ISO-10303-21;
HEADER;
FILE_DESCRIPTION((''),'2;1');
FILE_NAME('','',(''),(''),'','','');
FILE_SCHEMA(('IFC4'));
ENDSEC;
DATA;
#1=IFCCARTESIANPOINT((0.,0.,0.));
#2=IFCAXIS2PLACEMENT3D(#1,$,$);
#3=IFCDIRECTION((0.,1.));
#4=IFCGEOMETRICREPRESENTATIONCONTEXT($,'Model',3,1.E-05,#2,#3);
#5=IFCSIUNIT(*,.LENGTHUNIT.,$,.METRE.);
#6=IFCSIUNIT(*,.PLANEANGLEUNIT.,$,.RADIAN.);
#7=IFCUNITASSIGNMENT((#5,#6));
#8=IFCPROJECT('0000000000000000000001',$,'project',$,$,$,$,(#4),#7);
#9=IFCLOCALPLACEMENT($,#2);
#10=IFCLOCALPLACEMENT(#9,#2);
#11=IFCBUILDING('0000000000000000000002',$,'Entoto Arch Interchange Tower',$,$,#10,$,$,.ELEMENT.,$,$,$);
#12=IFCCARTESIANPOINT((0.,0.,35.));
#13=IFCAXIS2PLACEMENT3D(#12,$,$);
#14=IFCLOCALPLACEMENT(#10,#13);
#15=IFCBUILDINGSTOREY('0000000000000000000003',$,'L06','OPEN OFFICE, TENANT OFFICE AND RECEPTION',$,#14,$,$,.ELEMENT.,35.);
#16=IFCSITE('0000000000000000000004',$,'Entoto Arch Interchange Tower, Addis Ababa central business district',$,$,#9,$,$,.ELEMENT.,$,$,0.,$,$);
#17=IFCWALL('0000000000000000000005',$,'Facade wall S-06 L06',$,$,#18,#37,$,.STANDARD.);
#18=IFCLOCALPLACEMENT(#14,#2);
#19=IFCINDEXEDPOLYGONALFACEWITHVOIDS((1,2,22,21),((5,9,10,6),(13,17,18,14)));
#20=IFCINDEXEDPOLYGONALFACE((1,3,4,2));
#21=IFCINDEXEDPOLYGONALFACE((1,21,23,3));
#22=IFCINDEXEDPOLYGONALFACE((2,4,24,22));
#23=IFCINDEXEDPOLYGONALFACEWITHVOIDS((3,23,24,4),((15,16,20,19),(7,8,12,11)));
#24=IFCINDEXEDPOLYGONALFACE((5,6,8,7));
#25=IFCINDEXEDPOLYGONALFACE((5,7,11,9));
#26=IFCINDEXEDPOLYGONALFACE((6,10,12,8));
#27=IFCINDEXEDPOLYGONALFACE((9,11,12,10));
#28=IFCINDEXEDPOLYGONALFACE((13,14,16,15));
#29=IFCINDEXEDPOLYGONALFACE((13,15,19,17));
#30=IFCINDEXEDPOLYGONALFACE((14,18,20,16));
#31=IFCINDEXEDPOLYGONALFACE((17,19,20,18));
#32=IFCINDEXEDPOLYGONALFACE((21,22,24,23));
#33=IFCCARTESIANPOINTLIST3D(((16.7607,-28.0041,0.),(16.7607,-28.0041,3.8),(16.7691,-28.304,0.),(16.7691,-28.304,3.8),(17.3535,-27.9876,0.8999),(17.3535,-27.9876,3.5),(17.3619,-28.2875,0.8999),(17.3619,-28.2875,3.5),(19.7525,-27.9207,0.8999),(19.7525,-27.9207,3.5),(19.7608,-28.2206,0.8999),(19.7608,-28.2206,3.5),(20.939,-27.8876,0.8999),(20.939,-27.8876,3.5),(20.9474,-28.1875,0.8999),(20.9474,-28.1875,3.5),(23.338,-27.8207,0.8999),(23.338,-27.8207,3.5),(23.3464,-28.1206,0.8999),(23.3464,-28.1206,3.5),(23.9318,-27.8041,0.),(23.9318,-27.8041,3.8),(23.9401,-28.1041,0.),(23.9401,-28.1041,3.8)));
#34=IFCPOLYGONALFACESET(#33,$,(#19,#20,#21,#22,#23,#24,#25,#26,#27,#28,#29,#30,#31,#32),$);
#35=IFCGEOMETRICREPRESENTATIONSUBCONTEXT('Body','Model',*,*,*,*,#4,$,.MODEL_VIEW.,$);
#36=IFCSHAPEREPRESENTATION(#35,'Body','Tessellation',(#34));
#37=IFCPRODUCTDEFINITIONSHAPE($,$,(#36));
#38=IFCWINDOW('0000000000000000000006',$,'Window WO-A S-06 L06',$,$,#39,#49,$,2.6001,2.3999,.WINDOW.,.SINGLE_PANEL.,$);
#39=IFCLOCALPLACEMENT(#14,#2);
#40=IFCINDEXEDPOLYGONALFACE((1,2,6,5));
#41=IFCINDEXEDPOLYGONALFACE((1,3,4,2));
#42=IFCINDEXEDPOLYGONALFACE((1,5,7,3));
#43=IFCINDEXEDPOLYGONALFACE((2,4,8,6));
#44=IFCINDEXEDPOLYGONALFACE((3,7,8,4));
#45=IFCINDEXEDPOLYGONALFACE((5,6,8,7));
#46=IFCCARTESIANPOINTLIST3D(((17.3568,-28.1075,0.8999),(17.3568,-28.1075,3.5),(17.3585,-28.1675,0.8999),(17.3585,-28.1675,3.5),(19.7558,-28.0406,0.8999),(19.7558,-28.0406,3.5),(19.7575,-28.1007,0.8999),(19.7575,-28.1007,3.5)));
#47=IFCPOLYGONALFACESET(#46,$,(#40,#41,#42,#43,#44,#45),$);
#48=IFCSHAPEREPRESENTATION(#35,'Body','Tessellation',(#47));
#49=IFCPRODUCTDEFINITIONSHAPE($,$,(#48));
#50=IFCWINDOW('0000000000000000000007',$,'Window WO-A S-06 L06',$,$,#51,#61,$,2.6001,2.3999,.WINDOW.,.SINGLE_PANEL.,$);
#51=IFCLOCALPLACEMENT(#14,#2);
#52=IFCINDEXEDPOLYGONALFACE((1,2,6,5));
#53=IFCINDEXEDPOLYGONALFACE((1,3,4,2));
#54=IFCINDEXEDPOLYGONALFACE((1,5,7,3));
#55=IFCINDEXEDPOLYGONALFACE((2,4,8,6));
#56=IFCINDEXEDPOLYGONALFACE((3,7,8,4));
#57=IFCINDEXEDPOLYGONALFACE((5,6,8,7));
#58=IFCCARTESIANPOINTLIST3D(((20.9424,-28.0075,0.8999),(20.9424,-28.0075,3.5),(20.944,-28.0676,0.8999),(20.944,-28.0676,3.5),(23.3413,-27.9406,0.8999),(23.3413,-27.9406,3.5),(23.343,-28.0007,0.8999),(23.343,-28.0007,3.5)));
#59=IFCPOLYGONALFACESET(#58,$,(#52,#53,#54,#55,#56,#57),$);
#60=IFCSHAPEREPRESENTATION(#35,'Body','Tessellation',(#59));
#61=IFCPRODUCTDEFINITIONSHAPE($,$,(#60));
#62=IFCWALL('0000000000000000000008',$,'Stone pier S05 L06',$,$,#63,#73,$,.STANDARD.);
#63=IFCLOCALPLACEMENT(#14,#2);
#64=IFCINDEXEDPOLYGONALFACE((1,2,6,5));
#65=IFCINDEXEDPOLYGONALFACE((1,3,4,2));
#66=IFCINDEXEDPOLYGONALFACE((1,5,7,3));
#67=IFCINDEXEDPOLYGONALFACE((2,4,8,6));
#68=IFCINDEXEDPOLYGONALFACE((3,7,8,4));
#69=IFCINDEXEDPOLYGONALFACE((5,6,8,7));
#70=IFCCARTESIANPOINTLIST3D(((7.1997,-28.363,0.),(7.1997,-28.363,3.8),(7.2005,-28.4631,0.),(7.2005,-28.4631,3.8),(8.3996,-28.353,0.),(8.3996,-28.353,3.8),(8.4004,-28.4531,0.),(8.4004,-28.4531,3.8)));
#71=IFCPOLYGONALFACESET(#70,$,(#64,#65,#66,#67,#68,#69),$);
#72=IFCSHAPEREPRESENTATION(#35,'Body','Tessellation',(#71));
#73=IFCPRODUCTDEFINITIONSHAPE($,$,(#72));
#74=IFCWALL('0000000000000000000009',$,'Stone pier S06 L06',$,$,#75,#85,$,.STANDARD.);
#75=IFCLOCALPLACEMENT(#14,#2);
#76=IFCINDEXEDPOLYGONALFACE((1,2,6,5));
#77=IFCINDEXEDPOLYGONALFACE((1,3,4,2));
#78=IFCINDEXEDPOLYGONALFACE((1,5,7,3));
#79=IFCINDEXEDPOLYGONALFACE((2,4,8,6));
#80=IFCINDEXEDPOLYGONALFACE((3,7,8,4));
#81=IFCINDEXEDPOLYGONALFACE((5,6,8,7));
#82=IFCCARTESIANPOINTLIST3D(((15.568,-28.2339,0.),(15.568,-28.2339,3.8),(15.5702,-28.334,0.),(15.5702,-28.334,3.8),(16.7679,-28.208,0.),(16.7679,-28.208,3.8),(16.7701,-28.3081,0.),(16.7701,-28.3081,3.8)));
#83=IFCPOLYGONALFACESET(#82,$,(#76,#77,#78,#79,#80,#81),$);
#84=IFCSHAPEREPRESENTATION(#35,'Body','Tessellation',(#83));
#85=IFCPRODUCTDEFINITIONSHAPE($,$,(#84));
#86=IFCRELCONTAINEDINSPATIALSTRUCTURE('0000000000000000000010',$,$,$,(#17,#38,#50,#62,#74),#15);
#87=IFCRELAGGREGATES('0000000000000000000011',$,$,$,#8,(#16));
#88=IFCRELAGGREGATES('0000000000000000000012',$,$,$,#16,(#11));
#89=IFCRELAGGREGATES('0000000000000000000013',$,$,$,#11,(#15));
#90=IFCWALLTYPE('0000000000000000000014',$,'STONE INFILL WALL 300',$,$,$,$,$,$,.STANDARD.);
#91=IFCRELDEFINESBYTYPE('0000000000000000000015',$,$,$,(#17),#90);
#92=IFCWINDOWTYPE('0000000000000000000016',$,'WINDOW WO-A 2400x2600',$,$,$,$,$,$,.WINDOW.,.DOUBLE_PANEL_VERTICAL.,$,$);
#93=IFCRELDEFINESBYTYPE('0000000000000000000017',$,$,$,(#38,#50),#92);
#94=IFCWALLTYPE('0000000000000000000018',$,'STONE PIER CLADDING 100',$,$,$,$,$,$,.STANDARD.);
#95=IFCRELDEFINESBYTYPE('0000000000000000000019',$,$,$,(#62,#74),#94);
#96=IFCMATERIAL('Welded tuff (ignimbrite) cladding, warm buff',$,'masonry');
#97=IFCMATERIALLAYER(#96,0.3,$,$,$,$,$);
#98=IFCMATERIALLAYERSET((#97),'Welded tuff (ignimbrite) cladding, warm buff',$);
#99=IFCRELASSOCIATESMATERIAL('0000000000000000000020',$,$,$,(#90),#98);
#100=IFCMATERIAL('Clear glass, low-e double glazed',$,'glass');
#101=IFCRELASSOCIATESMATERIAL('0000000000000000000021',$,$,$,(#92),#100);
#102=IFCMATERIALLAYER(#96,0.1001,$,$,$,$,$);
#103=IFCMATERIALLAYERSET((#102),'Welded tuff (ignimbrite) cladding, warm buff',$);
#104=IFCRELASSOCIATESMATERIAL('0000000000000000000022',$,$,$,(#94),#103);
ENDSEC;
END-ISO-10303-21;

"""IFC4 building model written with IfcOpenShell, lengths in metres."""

from ifc_helpers import new_model, si_unit, direction, frame, frame_2d, origin, place, context, subcontext, project, spatial, rectangle, extrude, material, layer, layer_set, type_object, element, fill, save


model = new_model("IFC4")

# Units and contexts
model_context = context("Model", 3, precision=1e-05, world=origin(), true_north=direction((0.0, 1.0)))
body_context = subcontext(model_context, "Body", "Model", "MODEL_VIEW")
ifc_project = project(units=[si_unit("LENGTHUNIT", "METRE"), si_unit("PLANEANGLEUNIT", "RADIAN")], contexts=[model_context])

# Site, building, storey
site_placement = place(None, origin())
site = spatial("IfcSite", under=ifc_project, at=site_placement, Name="Entoto Arch Interchange Tower, Addis Ababa central business district", CompositionType="ELEMENT", RefElevation=0.0)
building_placement = place(site_placement, origin())
building = spatial("IfcBuilding", under=site, at=building_placement, Name="Entoto Arch Interchange Tower", CompositionType="ELEMENT")
storey_placement = place(building_placement, frame((0.0, 0.0, 35.0)))
storey = spatial("IfcBuildingStorey", under=building, at=storey_placement, Name="L06", Description="OPEN OFFICE, TENANT OFFICE AND RECEPTION", CompositionType="ELEMENT", Elevation=35.0)

# Shared definitions
ifc_material_1 = material(Name="Clear glass, low-e double glazed", Category="glass")

# Wall, openings, windows
ifc_material_2 = material(Name="Welded tuff (ignimbrite) cladding, warm buff", Category="masonry")
ifc_layer_1 = layer(ifc_material_2, 0.3)
ifc_layer_set_1 = layer_set([ifc_layer_1], Name="Welded tuff (ignimbrite) cladding, warm buff")
wall_type_1 = type_object("IfcWallType", Name="STONE INFILL WALL 300", PredefinedType="STANDARD", material=ifc_layer_set_1)
window_type = type_object("IfcWindowType", Name="WINDOW WO-A 2400x2600", PartitioningType="DOUBLE_PANEL_VERTICAL", PredefinedType="WINDOW", material=ifc_material_1)
wall_1_placement = place(storey_placement, frame((16.7649, -28.1541, 0.0), z_axis=(0.0, 0.0, 1.0), x_axis=(0.999612, 0.027872, 0.0)))
wall_1 = element("IfcWall", 1, at=wall_1_placement, inside=storey, type_object=wall_type_1, Name="Facade wall S-06 L06", PredefinedType="STANDARD", context=body_context, shape_type="SweptSolid", body=[
    extrude(rectangle(XDim=7.1738, YDim=0.3, at=frame_2d((3.5869, 0.0))), origin(), (0.0, 0.0, 1.0), 3.8),
])
opening_1_placement = place(wall_1_placement, frame((0.593, 0.0, 0.8999)))
opening_1 = element("IfcOpeningElement", 2, at=opening_1_placement, cuts=wall_1, PredefinedType="OPENING", context=body_context, shape_type="SweptSolid", body=[
    extrude(rectangle(XDim=2.3999, YDim=2.6001, at=frame_2d((1.2, 1.3))), frame((0.0, 0.1602, 0.0), z_axis=(0.0, -1.0, 0.0), x_axis=(1.0, 0.0, 0.0)), (0.0, 0.0, 1.0), 0.3201),
])
opening_2_placement = place(wall_1_placement, frame((4.1799, 0.0, 0.8999)))
opening_2 = element("IfcOpeningElement", 3, at=opening_2_placement, cuts=wall_1, PredefinedType="OPENING", context=body_context, shape_type="SweptSolid", body=[
    extrude(rectangle(XDim=2.3999, YDim=2.6001, at=frame_2d((1.2, 1.3))), frame((0.0, 0.1602, 0.0), z_axis=(0.0, -1.0, 0.0), x_axis=(1.0, 0.0, 0.0)), (0.0, 0.0, 1.0), 0.3201),
])
window_1_placement = place(opening_1_placement, origin())
window_1 = element("IfcWindow", 4, at=window_1_placement, inside=storey, type_object=window_type, Name="Window WO-A S-06 L06", OverallHeight=2.6001, OverallWidth=2.3999, PartitioningType="SINGLE_PANEL", PredefinedType="WINDOW", context=body_context, shape_type="SweptSolid", body=[
    extrude(rectangle(XDim=2.3999, YDim=2.6001, at=frame_2d((1.2, 1.3))), frame((0.0, 0.03, 0.0), z_axis=(0.0, -1.0, 0.0), x_axis=(1.0, 0.0, 0.0)), (0.0, 0.0, 1.0), 0.0601),
])
fill(opening_1, window_1)
window_2_placement = place(opening_2_placement, origin())
window_2 = element("IfcWindow", 5, at=window_2_placement, inside=storey, type_object=window_type, Name="Window WO-A S-06 L06", OverallHeight=2.6001, OverallWidth=2.3999, PartitioningType="SINGLE_PANEL", PredefinedType="WINDOW", context=body_context, shape_type="SweptSolid", body=[
    extrude(rectangle(XDim=2.3999, YDim=2.6001, at=frame_2d((1.2, 1.3))), frame((0.0, 0.03, 0.0), z_axis=(0.0, -1.0, 0.0), x_axis=(1.0, 0.0, 0.0)), (0.0, 0.0, 1.0), 0.0601),
])
fill(opening_2, window_2)

# Walls
ifc_layer_2 = layer(ifc_material_2, 0.1001)
ifc_layer_set_2 = layer_set([ifc_layer_2], Name="Welded tuff (ignimbrite) cladding, warm buff")
wall_type_2 = type_object("IfcWallType", Name="STONE PIER CLADDING 100", PredefinedType="STANDARD", material=ifc_layer_set_2)
wall_2_placement = place(storey_placement, frame((7.2, -28.4131, 0.0), z_axis=(0.0, 0.0, 1.0), x_axis=(0.999965, 0.008342, 0.0)))
element("IfcWall", 6, at=wall_2_placement, inside=storey, type_object=wall_type_2, Name="Stone pier S05 L06", PredefinedType="STANDARD", context=body_context, shape_type="SweptSolid", body=[
    extrude(rectangle(XDim=1.2, YDim=0.1001, at=frame_2d((0.6001, 0.0))), origin(), (0.0, 0.0, 1.0), 3.8),
])
wall_3_placement = place(storey_placement, frame((15.5691, -28.2839, 0.0), z_axis=(0.0, 0.0, 1.0), x_axis=(0.999768, 0.021562, 0.0)))
element("IfcWall", 7, at=wall_3_placement, inside=storey, type_object=wall_type_2, Name="Stone pier S06 L06", PredefinedType="STANDARD", context=body_context, shape_type="SweptSolid", body=[
    extrude(rectangle(XDim=1.2002, YDim=0.1001, at=frame_2d((0.6001, 0.0))), origin(), (0.0, 0.0, 1.0), 3.8),
])

save(model, "model.ifc")
